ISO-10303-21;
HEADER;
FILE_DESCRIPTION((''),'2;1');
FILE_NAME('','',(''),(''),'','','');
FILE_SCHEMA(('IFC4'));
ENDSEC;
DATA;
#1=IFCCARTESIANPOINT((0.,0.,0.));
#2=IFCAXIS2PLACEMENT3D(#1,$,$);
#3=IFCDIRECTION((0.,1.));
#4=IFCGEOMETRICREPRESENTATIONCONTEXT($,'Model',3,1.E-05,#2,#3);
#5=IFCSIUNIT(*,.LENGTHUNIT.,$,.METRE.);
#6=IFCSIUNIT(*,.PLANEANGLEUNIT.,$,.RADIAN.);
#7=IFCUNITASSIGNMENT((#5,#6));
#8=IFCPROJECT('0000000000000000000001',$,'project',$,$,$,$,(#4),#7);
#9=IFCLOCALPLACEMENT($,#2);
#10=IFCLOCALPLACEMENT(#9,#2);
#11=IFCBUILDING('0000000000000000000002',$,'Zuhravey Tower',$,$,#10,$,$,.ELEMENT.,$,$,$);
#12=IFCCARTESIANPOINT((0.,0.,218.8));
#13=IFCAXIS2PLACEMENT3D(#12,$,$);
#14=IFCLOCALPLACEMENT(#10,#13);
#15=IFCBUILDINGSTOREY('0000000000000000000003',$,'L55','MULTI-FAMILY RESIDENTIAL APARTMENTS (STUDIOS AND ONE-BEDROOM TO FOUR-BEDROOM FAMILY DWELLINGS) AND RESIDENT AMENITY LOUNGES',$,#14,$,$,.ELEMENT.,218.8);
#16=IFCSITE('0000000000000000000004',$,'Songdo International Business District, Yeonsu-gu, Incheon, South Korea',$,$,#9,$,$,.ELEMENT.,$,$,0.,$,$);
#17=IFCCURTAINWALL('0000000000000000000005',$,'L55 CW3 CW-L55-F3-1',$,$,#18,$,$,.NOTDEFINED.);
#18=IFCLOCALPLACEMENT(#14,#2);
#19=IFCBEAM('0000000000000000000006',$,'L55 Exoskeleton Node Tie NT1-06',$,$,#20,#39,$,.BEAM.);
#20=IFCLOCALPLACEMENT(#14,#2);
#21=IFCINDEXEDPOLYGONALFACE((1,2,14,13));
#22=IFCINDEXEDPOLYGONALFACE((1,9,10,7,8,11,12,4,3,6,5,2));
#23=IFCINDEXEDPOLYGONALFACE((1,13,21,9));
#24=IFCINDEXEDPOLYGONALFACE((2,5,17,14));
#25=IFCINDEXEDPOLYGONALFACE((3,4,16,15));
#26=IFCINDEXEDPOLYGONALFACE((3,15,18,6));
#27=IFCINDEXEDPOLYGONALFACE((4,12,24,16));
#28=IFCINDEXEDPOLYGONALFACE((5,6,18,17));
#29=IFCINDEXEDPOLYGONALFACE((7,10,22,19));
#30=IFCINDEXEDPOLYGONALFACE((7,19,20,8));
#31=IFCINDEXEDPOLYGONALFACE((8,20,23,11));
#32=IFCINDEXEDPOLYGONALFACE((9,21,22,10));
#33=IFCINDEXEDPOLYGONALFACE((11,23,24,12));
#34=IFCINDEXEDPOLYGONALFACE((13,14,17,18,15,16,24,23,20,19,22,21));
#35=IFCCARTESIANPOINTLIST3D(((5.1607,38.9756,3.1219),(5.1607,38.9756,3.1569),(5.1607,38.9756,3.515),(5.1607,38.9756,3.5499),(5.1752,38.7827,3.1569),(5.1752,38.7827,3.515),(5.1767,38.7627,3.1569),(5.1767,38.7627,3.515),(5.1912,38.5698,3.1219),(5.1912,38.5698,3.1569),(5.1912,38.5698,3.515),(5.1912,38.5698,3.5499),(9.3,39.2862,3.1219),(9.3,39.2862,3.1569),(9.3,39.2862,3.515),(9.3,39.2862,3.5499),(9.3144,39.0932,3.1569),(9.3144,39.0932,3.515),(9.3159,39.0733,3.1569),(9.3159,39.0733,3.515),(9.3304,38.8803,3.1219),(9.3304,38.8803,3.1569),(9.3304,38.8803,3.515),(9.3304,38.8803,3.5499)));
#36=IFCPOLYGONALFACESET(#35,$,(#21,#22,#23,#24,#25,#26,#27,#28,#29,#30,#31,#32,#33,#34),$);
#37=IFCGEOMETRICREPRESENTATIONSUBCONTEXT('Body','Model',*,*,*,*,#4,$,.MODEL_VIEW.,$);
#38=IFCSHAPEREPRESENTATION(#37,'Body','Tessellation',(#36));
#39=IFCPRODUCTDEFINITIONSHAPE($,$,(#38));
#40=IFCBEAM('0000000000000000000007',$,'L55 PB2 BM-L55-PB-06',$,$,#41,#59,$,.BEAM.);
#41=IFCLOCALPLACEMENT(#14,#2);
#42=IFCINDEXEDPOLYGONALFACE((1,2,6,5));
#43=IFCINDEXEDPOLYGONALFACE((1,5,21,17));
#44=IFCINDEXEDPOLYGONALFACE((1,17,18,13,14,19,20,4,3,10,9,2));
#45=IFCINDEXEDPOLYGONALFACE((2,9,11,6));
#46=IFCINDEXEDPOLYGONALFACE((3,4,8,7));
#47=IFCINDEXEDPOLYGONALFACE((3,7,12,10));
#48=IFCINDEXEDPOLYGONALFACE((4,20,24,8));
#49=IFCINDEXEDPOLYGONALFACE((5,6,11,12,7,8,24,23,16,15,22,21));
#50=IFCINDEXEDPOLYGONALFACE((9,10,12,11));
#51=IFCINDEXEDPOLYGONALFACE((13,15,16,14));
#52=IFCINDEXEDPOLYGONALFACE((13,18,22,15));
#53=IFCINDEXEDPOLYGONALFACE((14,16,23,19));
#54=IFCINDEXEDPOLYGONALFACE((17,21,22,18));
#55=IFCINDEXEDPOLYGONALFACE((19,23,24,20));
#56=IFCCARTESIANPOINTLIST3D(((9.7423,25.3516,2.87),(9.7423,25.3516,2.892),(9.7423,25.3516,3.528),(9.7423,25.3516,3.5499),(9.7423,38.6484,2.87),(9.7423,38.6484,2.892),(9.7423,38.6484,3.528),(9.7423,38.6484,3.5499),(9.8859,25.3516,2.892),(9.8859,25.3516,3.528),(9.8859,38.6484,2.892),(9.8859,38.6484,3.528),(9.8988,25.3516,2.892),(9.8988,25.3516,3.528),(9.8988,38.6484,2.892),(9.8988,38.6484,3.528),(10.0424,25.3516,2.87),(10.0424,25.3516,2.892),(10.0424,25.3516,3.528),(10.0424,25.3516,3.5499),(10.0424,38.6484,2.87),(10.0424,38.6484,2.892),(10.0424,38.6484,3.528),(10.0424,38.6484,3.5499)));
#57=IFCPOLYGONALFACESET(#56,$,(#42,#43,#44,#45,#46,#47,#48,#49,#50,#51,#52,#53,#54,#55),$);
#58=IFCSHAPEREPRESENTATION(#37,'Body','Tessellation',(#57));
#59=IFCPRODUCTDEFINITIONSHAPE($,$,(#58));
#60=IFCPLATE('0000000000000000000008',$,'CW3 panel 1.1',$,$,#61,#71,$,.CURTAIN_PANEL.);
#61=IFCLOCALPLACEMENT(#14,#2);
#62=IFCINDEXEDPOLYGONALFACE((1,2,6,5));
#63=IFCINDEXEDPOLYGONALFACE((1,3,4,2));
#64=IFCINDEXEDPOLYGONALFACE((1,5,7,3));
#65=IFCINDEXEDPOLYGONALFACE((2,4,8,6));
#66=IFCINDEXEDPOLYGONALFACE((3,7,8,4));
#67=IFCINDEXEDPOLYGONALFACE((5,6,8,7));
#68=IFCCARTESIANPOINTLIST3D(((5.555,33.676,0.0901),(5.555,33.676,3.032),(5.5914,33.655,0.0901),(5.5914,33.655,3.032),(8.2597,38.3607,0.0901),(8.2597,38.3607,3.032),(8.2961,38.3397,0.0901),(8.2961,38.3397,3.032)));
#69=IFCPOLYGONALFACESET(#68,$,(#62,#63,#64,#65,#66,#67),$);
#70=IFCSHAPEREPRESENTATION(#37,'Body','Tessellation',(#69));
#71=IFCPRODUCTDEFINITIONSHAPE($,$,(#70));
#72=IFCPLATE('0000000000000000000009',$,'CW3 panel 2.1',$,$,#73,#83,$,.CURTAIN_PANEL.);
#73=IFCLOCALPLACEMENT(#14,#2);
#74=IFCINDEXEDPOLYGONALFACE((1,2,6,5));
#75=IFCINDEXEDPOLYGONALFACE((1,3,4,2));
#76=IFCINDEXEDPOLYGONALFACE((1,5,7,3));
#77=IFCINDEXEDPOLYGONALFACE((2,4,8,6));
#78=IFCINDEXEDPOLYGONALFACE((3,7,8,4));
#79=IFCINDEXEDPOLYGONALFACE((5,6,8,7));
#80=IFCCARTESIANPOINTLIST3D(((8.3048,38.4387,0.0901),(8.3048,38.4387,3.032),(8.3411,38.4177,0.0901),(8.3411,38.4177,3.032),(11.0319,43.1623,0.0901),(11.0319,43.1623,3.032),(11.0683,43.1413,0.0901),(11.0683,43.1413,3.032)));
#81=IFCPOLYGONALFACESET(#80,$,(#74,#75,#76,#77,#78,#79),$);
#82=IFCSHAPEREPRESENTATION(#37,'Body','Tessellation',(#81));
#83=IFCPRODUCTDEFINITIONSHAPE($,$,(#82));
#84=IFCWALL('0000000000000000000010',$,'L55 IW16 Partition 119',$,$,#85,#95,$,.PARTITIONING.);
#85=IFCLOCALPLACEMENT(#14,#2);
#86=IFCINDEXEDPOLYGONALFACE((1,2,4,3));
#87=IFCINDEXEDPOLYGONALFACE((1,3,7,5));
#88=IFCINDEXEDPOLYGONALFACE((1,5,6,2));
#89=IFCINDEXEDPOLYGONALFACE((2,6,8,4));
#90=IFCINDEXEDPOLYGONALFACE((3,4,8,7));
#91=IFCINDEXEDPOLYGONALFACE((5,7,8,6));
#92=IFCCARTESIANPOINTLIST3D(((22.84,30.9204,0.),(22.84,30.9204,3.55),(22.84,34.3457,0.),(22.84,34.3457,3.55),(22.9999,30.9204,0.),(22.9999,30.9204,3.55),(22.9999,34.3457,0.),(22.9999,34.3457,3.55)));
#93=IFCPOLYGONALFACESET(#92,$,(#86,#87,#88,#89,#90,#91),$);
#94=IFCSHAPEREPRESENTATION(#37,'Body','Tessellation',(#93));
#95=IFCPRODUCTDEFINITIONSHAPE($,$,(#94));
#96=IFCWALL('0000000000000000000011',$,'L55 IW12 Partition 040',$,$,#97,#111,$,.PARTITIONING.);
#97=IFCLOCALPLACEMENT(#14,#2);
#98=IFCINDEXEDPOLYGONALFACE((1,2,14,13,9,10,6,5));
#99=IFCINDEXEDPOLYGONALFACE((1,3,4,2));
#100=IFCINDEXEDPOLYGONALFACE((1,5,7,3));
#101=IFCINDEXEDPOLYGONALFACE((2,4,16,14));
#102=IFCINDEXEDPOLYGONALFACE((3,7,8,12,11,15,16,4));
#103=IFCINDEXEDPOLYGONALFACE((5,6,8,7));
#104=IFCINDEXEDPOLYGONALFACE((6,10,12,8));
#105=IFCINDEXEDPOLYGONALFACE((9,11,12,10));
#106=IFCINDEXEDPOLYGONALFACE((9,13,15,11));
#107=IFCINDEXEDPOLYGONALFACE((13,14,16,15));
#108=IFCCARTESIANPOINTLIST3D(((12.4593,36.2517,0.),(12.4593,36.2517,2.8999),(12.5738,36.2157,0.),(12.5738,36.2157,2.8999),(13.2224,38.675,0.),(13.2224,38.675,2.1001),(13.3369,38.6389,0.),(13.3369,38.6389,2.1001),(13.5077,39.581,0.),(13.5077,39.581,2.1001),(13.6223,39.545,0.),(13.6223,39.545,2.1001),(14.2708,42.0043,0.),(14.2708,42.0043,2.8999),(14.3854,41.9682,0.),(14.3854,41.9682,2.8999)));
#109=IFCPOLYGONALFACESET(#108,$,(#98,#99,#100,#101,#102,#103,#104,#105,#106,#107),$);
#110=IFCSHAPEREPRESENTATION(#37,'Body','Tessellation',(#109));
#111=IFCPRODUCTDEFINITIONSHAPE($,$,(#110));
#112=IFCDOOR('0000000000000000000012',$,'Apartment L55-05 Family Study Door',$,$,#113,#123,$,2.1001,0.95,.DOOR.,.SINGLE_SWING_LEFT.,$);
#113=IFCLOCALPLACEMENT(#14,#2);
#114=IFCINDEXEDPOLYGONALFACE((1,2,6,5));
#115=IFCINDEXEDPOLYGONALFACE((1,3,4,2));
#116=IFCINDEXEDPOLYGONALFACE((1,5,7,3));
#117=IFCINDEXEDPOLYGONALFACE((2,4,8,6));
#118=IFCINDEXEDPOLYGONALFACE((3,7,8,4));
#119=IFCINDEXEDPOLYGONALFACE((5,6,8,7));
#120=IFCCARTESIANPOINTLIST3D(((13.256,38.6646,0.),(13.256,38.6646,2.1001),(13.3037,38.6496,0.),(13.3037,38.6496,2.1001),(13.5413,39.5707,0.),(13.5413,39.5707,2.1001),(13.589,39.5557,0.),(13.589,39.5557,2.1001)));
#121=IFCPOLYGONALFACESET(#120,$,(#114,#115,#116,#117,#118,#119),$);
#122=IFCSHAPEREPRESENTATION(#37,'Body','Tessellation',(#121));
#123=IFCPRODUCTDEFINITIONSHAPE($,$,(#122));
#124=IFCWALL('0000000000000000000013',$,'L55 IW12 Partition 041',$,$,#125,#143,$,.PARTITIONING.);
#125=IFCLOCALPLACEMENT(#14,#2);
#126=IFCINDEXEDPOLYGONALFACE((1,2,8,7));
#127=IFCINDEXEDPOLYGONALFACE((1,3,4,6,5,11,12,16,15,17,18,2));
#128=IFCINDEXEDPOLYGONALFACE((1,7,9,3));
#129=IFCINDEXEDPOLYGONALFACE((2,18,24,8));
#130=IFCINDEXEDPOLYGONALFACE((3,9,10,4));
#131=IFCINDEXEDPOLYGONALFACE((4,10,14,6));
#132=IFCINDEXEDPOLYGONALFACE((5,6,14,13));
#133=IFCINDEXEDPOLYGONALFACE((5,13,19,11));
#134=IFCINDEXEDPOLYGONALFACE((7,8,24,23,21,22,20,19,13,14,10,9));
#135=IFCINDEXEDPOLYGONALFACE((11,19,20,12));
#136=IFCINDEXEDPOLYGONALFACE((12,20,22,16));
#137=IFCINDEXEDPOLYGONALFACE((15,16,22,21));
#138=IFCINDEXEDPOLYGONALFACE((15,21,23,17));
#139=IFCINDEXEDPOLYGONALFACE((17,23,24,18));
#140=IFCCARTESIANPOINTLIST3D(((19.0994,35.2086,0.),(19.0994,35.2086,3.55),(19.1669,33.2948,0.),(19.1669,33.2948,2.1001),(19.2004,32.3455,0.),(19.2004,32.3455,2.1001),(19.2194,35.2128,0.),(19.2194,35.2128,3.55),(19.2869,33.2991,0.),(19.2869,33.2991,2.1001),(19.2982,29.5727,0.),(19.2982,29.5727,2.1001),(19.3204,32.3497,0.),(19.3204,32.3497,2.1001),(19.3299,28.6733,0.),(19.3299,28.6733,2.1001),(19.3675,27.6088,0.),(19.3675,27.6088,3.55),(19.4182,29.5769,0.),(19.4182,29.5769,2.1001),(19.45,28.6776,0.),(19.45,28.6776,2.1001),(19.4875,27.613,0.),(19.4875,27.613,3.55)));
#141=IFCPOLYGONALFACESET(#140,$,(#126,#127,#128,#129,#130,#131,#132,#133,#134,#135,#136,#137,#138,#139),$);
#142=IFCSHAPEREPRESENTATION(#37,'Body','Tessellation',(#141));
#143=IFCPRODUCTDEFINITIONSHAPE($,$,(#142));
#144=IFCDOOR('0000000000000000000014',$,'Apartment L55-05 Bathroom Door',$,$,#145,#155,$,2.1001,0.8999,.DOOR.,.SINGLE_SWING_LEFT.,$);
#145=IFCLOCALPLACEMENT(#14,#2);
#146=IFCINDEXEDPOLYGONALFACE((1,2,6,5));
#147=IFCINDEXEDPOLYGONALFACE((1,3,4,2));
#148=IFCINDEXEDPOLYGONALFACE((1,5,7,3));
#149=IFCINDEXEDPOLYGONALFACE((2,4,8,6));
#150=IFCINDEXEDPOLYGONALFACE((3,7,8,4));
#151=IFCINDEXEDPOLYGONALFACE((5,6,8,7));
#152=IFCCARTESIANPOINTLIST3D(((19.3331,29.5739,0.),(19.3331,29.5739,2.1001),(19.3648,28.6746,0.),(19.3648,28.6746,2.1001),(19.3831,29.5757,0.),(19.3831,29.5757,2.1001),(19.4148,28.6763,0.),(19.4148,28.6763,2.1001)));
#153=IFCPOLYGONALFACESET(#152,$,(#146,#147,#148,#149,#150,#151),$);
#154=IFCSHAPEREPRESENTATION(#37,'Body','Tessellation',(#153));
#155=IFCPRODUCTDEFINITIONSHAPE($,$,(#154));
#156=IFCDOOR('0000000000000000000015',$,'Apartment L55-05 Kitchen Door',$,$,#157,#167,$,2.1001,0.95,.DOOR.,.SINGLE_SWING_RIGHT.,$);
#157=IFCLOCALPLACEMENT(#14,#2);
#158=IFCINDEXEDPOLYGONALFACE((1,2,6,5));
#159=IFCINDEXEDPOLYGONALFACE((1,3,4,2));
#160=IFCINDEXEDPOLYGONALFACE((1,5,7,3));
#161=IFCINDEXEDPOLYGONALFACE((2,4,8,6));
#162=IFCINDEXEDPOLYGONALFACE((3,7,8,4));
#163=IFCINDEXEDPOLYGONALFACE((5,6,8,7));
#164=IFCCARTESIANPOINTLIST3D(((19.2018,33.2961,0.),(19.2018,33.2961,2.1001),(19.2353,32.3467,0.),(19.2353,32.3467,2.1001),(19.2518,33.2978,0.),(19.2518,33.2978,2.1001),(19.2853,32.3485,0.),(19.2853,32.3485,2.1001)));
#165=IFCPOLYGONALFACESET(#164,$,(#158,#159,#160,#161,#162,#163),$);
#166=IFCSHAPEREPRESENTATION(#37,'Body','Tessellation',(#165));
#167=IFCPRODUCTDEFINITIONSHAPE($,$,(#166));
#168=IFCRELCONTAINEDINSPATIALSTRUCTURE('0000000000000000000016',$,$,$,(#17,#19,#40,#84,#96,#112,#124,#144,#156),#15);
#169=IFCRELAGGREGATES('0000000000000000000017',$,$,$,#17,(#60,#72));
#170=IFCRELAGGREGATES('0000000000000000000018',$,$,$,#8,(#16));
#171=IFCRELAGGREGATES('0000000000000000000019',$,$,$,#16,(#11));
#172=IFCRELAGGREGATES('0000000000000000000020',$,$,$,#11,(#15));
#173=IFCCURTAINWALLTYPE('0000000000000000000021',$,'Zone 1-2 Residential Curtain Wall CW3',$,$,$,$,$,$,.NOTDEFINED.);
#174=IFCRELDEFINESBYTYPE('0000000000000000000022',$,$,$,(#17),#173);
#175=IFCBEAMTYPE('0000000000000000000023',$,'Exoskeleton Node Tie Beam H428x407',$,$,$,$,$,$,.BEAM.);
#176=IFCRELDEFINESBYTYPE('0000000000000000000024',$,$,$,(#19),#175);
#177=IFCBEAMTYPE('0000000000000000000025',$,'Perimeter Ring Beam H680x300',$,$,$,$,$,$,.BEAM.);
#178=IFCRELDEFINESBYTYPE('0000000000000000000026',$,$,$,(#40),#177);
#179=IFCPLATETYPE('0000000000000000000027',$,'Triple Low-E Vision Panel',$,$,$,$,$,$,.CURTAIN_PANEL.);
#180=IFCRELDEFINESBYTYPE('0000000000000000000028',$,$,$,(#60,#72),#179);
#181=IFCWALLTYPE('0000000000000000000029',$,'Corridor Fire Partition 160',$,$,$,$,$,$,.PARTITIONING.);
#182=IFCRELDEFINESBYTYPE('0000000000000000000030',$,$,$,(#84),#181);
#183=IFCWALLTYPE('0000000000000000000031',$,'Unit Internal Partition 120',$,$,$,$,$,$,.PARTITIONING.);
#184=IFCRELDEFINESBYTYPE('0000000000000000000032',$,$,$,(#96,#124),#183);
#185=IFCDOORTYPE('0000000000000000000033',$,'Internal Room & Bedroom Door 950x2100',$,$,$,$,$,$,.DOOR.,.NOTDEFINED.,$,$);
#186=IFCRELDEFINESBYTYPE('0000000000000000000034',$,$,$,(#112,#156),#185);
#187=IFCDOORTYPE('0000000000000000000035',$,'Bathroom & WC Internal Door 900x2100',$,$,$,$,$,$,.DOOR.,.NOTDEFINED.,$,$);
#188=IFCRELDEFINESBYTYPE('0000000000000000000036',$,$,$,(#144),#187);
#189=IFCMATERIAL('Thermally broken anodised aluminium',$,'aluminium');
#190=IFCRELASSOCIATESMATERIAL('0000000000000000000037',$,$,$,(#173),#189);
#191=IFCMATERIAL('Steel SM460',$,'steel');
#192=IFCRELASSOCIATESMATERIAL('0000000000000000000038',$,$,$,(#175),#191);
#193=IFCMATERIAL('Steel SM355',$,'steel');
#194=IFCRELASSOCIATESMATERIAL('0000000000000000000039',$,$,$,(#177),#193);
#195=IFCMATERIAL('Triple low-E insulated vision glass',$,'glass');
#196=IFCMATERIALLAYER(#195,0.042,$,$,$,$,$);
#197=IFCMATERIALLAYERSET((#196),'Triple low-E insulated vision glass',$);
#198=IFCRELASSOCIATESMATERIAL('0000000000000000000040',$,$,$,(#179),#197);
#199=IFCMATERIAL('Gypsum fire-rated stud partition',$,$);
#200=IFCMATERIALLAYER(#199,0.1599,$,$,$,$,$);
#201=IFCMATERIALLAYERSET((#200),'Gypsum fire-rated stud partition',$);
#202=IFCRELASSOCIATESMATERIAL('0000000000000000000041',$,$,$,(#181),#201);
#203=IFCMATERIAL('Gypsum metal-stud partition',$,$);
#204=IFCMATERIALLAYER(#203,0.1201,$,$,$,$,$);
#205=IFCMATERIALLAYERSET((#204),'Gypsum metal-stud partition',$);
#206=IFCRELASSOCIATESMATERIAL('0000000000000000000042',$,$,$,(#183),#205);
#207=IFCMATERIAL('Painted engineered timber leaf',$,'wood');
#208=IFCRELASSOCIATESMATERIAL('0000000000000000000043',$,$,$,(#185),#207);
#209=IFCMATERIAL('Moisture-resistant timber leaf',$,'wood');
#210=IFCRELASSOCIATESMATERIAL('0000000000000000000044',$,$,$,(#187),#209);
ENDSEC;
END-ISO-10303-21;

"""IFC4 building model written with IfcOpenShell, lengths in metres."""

from ifc_helpers import new_model, si_unit, direction, frame, frame_2d, origin, origin_2d, place, context, subcontext, project, spatial, rectangle, i_section, extrude, material, layer, layer_set, material_profile, profile_set, type_object, element, fill, aggregate, save


model = new_model("IFC4")

# Units and contexts
model_context = context("Model", 3, precision=1e-05, world=origin(), true_north=direction((0.0, 1.0)))
body_context = subcontext(model_context, "Body", "Model", "MODEL_VIEW")
ifc_project = project(units=[si_unit("LENGTHUNIT", "METRE"), si_unit("PLANEANGLEUNIT", "RADIAN")], contexts=[model_context])

# Site, building, storey
site_placement = place(None, origin())
site = spatial("IfcSite", under=ifc_project, at=site_placement, Name="Songdo International Business District, Yeonsu-gu, Incheon, South Korea", CompositionType="ELEMENT", RefElevation=0.0)
building_placement = place(site_placement, origin())
building = spatial("IfcBuilding", under=site, at=building_placement, Name="Zuhravey Tower", CompositionType="ELEMENT")
storey_placement = place(building_placement, frame((0.0, 0.0, 218.8)))
storey = spatial("IfcBuildingStorey", under=building, at=storey_placement, Name="L55", Description="MULTI-FAMILY RESIDENTIAL APARTMENTS (STUDIOS AND ONE-BEDROOM TO FOUR-BEDROOM FAMILY DWELLINGS) AND RESIDENT AMENITY LOUNGES", CompositionType="ELEMENT", Elevation=218.8)

# Curtain wall
ifc_material_1 = material(Name="Thermally broken anodised aluminium", Category="aluminium")
curtain_wall_type = type_object("IfcCurtainWallType", Name="Zone 1-2 Residential Curtain Wall CW3", PredefinedType="NOTDEFINED", material=ifc_material_1)
curtain_wall_placement = place(storey_placement, origin())
curtain_wall = element("IfcCurtainWall", 1, at=curtain_wall_placement, inside=storey, type_object=curtain_wall_type, Name="L55 CW3 CW-L55-F3-1", PredefinedType="NOTDEFINED")

# Beams
ifc_material_2 = material(Name="Steel SM460", Category="steel")
ifc_material_profile_1 = material_profile(ifc_material_2, i_section(OverallWidth=0.407, OverallDepth=0.428, WebThickness=0.02, FlangeThickness=0.0349, at=origin_2d()), Name="H-428x407x20x35")
ifc_profile_set_1 = profile_set([ifc_material_profile_1], Name="Steel SM460")
beam_type_1 = type_object("IfcBeamType", Name="Exoskeleton Node Tie Beam H428x407", PredefinedType="BEAM", material=ifc_profile_set_1)
beam_1_placement = place(storey_placement, frame((9.3152, 39.0833, 3.3359), z_axis=(-0.997197, -0.074816, 0.0), x_axis=(0.074816, -0.997197, 0.0)))
element("IfcBeam", 2, at=beam_1_placement, inside=storey, type_object=beam_type_1, Name="L55 Exoskeleton Node Tie NT1-06", PredefinedType="BEAM", context=body_context, shape_type="SweptSolid", body=[
    extrude(i_section(OverallWidth=0.407, OverallDepth=0.428, WebThickness=0.02, FlangeThickness=0.0349, at=origin_2d()), origin(), (0.0, 0.0, 1.0), 4.1509),
])
ifc_material_3 = material(Name="Steel SM355", Category="steel")
ifc_material_profile_2 = material_profile(ifc_material_3, i_section(OverallWidth=0.3, OverallDepth=0.6799, WebThickness=0.0129, FlangeThickness=0.022, at=origin_2d()), Name="H-680x300x13x22")
ifc_profile_set_2 = profile_set([ifc_material_profile_2], Name="Steel SM355")
beam_type_2 = type_object("IfcBeamType", Name="Perimeter Ring Beam H680x300", PredefinedType="BEAM", material=ifc_profile_set_2)
beam_2_placement = place(storey_placement, frame((9.8923, 38.6484, 3.21), z_axis=(0.0, -1.0, 0.0), x_axis=(1.0, 0.0, 0.0)))
element("IfcBeam", 3, at=beam_2_placement, inside=storey, type_object=beam_type_2, Name="L55 PB2 BM-L55-PB-06", PredefinedType="BEAM", context=body_context, shape_type="SweptSolid", body=[
    extrude(i_section(OverallWidth=0.3, OverallDepth=0.6799, WebThickness=0.0129, FlangeThickness=0.022, at=origin_2d()), origin(), (0.0, 0.0, 1.0), 13.2969),
])

# Plates
ifc_material_4 = material(Name="Triple low-E insulated vision glass", Category="glass")
ifc_layer_1 = layer(ifc_material_4, 0.042)
ifc_layer_set_1 = layer_set([ifc_layer_1], Name="Triple low-E insulated vision glass")
plate_type = type_object("IfcPlateType", Name="Triple Low-E Vision Panel", PredefinedType="CURTAIN_PANEL", material=ifc_layer_set_1)
plate_1_placement = place(storey_placement, frame((6.9255, 36.0078, 0.0901), z_axis=(0.0, 0.0, 1.0), x_axis=(0.5, 0.866025, 0.0)))
plate_1 = element("IfcPlate", 4, at=plate_1_placement, type_object=plate_type, Name="CW3 panel 1.1", PredefinedType="CURTAIN_PANEL", context=body_context, shape_type="SweptSolid", body=[
    extrude(rectangle(XDim=5.4094, YDim=0.042, at=origin_2d()), origin(), (0.0, 0.0, 1.0), 2.9419),
])
plate_2_placement = place(storey_placement, frame((9.6865, 40.79, 0.0901), z_axis=(0.0, 0.0, 1.0), x_axis=(0.5, 0.866025, 0.0)))
plate_2 = element("IfcPlate", 5, at=plate_2_placement, type_object=plate_type, Name="CW3 panel 2.1", PredefinedType="CURTAIN_PANEL", context=body_context, shape_type="SweptSolid", body=[
    extrude(rectangle(XDim=5.4543, YDim=0.042, at=origin_2d()), origin(), (0.0, 0.0, 1.0), 2.9419),
])
aggregate(curtain_wall, [plate_1, plate_2])

# Shared definitions
ifc_material_5 = material(Name="Gypsum fire-rated stud partition")
ifc_layer_2 = layer(ifc_material_5, 0.1599)
ifc_layer_set_2 = layer_set([ifc_layer_2], Name="Gypsum fire-rated stud partition")
wall_type_1 = type_object("IfcWallType", Name="Corridor Fire Partition 160", PredefinedType="PARTITIONING", material=ifc_layer_set_2)

# Wall
wall_1_placement = place(storey_placement, frame((22.9199, 34.3457, 0.0), z_axis=(0.0, 0.0, 1.0), x_axis=(0.0, -1.0, 0.0)))
element("IfcWall", 6, at=wall_1_placement, inside=storey, type_object=wall_type_1, Name="L55 IW16 Partition 119", PredefinedType="PARTITIONING", context=body_context, shape_type="SweptSolid", body=[
    extrude(rectangle(XDim=3.4253, YDim=0.1599, at=frame_2d((1.7126, 0.0))), origin(), (0.0, 0.0, 1.0), 3.55),
])

# Wall, opening, door
ifc_material_6 = material(Name="Gypsum metal-stud partition")
ifc_layer_3 = layer(ifc_material_6, 0.1201)
ifc_layer_set_3 = layer_set([ifc_layer_3], Name="Gypsum metal-stud partition")
wall_type_2 = type_object("IfcWallType", Name="Unit Internal Partition 120", PredefinedType="PARTITIONING", material=ifc_layer_set_3)
wall_2_placement = place(storey_placement, frame((14.3281, 41.9863, 0.0), z_axis=(0.0, 0.0, 1.0), x_axis=(-0.300372, -0.953822, 0.0)))
wall_2 = element("IfcWall", 7, at=wall_2_placement, inside=storey, type_object=wall_type_2, Name="L55 IW12 Partition 040", PredefinedType="PARTITIONING", context=body_context, shape_type="SweptSolid", body=[
    extrude(rectangle(XDim=6.031, YDim=0.1201, at=frame_2d((3.0156, 0.0))), origin(), (0.0, 0.0, 1.0), 2.8999),
])
opening_1_placement = place(wall_2_placement, frame((2.5405, 0.0, 0.0)))
opening_1 = element("IfcOpeningElement", 8, at=opening_1_placement, cuts=wall_2, PredefinedType="OPENING", context=body_context, shape_type="SweptSolid", body=[
    extrude(rectangle(XDim=0.95, YDim=2.1001, at=frame_2d((0.4751, 1.05))), frame((0.0, 0.072, 0.0), z_axis=(0.0, -1.0, 0.0), x_axis=(1.0, 0.0, 0.0)), (0.0, 0.0, 1.0), 0.144),
])
ifc_material_7 = material(Name="Painted engineered timber leaf", Category="wood")
door_type_1 = type_object("IfcDoorType", Name="Internal Room & Bedroom Door 950x2100", OperationType="NOTDEFINED", PredefinedType="DOOR", material=ifc_material_7)
door_1_placement = place(opening_1_placement, frame((0.95, 0.0, 0.0), z_axis=(0.0, 0.0, 1.0), x_axis=(-1.0, 0.0, 0.0)))
door_1 = element("IfcDoor", 9, at=door_1_placement, inside=storey, type_object=door_type_1, Name="Apartment L55-05 Family Study Door", OperationType="SINGLE_SWING_LEFT", OverallHeight=2.1001, OverallWidth=0.95, PredefinedType="DOOR", context=body_context, shape_type="SweptSolid", body=[
    extrude(rectangle(XDim=0.95, YDim=2.1001, at=frame_2d((0.4751, 1.05))), frame((0.0, 0.0249, 0.0), z_axis=(0.0, -1.0, 0.0), x_axis=(1.0, 0.0, 0.0)), (0.0, 0.0, 1.0), 0.05),
])
fill(opening_1, door_1)

# Wall, openings, doors
wall_3_placement = place(storey_placement, frame((19.1594, 35.2107, 0.0), z_axis=(0.0, 0.0, 1.0), x_axis=(0.035251, -0.999379, 0.0)))
wall_3 = element("IfcWall", 10, at=wall_3_placement, inside=storey, type_object=wall_type_2, Name="L55 IW12 Partition 041", PredefinedType="PARTITIONING", context=body_context, shape_type="SweptSolid", body=[
    extrude(rectangle(XDim=7.6045, YDim=0.1201, at=frame_2d((3.8022, 0.0))), origin(), (0.0, 0.0, 1.0), 3.55),
])
opening_2_placement = place(wall_3_placement, frame((1.9148, 0.0, 0.0)))
opening_2 = element("IfcOpeningElement", 11, at=opening_2_placement, cuts=wall_3, PredefinedType="OPENING", context=body_context, shape_type="SweptSolid", body=[
    extrude(rectangle(XDim=0.95, YDim=2.1001, at=frame_2d((0.4751, 1.05))), frame((0.0, 0.072, 0.0), z_axis=(0.0, -1.0, 0.0), x_axis=(1.0, 0.0, 0.0)), (0.0, 0.0, 1.0), 0.144),
])
opening_3_placement = place(wall_3_placement, frame((5.6394, 0.0, 0.0)))
opening_3 = element("IfcOpeningElement", 12, at=opening_3_placement, cuts=wall_3, PredefinedType="OPENING", context=body_context, shape_type="SweptSolid", body=[
    extrude(rectangle(XDim=0.8999, YDim=2.1001, at=frame_2d((0.45, 1.05))), frame((0.0, 0.072, 0.0), z_axis=(0.0, -1.0, 0.0), x_axis=(1.0, 0.0, 0.0)), (0.0, 0.0, 1.0), 0.144),
])
ifc_material_8 = material(Name="Moisture-resistant timber leaf", Category="wood")
door_type_2 = type_object("IfcDoorType", Name="Bathroom & WC Internal Door 900x2100", OperationType="NOTDEFINED", PredefinedType="DOOR", material=ifc_material_8)
door_2_placement = place(opening_3_placement, origin())
door_2 = element("IfcDoor", 13, at=door_2_placement, inside=storey, type_object=door_type_2, Name="Apartment L55-05 Bathroom Door", OperationType="SINGLE_SWING_LEFT", OverallHeight=2.1001, OverallWidth=0.8999, PredefinedType="DOOR", context=body_context, shape_type="SweptSolid", body=[
    extrude(rectangle(XDim=0.8999, YDim=2.1001, at=frame_2d((0.45, 1.05))), frame((0.0, 0.0249, 0.0), z_axis=(0.0, -1.0, 0.0), x_axis=(1.0, 0.0, 0.0)), (0.0, 0.0, 1.0), 0.05),
])
fill(opening_3, door_2)
door_3_placement = place(opening_2_placement, origin())
door_3 = element("IfcDoor", 14, at=door_3_placement, inside=storey, type_object=door_type_1, Name="Apartment L55-05 Kitchen Door", OperationType="SINGLE_SWING_RIGHT", OverallHeight=2.1001, OverallWidth=0.95, PredefinedType="DOOR", context=body_context, shape_type="SweptSolid", body=[
    extrude(rectangle(XDim=0.95, YDim=2.1001, at=frame_2d((0.4751, 1.05))), frame((0.0, 0.0249, 0.0), z_axis=(0.0, -1.0, 0.0), x_axis=(1.0, 0.0, 0.0)), (0.0, 0.0, 1.0), 0.05),
])
fill(opening_2, door_3)

save(model, "model.ifc")
